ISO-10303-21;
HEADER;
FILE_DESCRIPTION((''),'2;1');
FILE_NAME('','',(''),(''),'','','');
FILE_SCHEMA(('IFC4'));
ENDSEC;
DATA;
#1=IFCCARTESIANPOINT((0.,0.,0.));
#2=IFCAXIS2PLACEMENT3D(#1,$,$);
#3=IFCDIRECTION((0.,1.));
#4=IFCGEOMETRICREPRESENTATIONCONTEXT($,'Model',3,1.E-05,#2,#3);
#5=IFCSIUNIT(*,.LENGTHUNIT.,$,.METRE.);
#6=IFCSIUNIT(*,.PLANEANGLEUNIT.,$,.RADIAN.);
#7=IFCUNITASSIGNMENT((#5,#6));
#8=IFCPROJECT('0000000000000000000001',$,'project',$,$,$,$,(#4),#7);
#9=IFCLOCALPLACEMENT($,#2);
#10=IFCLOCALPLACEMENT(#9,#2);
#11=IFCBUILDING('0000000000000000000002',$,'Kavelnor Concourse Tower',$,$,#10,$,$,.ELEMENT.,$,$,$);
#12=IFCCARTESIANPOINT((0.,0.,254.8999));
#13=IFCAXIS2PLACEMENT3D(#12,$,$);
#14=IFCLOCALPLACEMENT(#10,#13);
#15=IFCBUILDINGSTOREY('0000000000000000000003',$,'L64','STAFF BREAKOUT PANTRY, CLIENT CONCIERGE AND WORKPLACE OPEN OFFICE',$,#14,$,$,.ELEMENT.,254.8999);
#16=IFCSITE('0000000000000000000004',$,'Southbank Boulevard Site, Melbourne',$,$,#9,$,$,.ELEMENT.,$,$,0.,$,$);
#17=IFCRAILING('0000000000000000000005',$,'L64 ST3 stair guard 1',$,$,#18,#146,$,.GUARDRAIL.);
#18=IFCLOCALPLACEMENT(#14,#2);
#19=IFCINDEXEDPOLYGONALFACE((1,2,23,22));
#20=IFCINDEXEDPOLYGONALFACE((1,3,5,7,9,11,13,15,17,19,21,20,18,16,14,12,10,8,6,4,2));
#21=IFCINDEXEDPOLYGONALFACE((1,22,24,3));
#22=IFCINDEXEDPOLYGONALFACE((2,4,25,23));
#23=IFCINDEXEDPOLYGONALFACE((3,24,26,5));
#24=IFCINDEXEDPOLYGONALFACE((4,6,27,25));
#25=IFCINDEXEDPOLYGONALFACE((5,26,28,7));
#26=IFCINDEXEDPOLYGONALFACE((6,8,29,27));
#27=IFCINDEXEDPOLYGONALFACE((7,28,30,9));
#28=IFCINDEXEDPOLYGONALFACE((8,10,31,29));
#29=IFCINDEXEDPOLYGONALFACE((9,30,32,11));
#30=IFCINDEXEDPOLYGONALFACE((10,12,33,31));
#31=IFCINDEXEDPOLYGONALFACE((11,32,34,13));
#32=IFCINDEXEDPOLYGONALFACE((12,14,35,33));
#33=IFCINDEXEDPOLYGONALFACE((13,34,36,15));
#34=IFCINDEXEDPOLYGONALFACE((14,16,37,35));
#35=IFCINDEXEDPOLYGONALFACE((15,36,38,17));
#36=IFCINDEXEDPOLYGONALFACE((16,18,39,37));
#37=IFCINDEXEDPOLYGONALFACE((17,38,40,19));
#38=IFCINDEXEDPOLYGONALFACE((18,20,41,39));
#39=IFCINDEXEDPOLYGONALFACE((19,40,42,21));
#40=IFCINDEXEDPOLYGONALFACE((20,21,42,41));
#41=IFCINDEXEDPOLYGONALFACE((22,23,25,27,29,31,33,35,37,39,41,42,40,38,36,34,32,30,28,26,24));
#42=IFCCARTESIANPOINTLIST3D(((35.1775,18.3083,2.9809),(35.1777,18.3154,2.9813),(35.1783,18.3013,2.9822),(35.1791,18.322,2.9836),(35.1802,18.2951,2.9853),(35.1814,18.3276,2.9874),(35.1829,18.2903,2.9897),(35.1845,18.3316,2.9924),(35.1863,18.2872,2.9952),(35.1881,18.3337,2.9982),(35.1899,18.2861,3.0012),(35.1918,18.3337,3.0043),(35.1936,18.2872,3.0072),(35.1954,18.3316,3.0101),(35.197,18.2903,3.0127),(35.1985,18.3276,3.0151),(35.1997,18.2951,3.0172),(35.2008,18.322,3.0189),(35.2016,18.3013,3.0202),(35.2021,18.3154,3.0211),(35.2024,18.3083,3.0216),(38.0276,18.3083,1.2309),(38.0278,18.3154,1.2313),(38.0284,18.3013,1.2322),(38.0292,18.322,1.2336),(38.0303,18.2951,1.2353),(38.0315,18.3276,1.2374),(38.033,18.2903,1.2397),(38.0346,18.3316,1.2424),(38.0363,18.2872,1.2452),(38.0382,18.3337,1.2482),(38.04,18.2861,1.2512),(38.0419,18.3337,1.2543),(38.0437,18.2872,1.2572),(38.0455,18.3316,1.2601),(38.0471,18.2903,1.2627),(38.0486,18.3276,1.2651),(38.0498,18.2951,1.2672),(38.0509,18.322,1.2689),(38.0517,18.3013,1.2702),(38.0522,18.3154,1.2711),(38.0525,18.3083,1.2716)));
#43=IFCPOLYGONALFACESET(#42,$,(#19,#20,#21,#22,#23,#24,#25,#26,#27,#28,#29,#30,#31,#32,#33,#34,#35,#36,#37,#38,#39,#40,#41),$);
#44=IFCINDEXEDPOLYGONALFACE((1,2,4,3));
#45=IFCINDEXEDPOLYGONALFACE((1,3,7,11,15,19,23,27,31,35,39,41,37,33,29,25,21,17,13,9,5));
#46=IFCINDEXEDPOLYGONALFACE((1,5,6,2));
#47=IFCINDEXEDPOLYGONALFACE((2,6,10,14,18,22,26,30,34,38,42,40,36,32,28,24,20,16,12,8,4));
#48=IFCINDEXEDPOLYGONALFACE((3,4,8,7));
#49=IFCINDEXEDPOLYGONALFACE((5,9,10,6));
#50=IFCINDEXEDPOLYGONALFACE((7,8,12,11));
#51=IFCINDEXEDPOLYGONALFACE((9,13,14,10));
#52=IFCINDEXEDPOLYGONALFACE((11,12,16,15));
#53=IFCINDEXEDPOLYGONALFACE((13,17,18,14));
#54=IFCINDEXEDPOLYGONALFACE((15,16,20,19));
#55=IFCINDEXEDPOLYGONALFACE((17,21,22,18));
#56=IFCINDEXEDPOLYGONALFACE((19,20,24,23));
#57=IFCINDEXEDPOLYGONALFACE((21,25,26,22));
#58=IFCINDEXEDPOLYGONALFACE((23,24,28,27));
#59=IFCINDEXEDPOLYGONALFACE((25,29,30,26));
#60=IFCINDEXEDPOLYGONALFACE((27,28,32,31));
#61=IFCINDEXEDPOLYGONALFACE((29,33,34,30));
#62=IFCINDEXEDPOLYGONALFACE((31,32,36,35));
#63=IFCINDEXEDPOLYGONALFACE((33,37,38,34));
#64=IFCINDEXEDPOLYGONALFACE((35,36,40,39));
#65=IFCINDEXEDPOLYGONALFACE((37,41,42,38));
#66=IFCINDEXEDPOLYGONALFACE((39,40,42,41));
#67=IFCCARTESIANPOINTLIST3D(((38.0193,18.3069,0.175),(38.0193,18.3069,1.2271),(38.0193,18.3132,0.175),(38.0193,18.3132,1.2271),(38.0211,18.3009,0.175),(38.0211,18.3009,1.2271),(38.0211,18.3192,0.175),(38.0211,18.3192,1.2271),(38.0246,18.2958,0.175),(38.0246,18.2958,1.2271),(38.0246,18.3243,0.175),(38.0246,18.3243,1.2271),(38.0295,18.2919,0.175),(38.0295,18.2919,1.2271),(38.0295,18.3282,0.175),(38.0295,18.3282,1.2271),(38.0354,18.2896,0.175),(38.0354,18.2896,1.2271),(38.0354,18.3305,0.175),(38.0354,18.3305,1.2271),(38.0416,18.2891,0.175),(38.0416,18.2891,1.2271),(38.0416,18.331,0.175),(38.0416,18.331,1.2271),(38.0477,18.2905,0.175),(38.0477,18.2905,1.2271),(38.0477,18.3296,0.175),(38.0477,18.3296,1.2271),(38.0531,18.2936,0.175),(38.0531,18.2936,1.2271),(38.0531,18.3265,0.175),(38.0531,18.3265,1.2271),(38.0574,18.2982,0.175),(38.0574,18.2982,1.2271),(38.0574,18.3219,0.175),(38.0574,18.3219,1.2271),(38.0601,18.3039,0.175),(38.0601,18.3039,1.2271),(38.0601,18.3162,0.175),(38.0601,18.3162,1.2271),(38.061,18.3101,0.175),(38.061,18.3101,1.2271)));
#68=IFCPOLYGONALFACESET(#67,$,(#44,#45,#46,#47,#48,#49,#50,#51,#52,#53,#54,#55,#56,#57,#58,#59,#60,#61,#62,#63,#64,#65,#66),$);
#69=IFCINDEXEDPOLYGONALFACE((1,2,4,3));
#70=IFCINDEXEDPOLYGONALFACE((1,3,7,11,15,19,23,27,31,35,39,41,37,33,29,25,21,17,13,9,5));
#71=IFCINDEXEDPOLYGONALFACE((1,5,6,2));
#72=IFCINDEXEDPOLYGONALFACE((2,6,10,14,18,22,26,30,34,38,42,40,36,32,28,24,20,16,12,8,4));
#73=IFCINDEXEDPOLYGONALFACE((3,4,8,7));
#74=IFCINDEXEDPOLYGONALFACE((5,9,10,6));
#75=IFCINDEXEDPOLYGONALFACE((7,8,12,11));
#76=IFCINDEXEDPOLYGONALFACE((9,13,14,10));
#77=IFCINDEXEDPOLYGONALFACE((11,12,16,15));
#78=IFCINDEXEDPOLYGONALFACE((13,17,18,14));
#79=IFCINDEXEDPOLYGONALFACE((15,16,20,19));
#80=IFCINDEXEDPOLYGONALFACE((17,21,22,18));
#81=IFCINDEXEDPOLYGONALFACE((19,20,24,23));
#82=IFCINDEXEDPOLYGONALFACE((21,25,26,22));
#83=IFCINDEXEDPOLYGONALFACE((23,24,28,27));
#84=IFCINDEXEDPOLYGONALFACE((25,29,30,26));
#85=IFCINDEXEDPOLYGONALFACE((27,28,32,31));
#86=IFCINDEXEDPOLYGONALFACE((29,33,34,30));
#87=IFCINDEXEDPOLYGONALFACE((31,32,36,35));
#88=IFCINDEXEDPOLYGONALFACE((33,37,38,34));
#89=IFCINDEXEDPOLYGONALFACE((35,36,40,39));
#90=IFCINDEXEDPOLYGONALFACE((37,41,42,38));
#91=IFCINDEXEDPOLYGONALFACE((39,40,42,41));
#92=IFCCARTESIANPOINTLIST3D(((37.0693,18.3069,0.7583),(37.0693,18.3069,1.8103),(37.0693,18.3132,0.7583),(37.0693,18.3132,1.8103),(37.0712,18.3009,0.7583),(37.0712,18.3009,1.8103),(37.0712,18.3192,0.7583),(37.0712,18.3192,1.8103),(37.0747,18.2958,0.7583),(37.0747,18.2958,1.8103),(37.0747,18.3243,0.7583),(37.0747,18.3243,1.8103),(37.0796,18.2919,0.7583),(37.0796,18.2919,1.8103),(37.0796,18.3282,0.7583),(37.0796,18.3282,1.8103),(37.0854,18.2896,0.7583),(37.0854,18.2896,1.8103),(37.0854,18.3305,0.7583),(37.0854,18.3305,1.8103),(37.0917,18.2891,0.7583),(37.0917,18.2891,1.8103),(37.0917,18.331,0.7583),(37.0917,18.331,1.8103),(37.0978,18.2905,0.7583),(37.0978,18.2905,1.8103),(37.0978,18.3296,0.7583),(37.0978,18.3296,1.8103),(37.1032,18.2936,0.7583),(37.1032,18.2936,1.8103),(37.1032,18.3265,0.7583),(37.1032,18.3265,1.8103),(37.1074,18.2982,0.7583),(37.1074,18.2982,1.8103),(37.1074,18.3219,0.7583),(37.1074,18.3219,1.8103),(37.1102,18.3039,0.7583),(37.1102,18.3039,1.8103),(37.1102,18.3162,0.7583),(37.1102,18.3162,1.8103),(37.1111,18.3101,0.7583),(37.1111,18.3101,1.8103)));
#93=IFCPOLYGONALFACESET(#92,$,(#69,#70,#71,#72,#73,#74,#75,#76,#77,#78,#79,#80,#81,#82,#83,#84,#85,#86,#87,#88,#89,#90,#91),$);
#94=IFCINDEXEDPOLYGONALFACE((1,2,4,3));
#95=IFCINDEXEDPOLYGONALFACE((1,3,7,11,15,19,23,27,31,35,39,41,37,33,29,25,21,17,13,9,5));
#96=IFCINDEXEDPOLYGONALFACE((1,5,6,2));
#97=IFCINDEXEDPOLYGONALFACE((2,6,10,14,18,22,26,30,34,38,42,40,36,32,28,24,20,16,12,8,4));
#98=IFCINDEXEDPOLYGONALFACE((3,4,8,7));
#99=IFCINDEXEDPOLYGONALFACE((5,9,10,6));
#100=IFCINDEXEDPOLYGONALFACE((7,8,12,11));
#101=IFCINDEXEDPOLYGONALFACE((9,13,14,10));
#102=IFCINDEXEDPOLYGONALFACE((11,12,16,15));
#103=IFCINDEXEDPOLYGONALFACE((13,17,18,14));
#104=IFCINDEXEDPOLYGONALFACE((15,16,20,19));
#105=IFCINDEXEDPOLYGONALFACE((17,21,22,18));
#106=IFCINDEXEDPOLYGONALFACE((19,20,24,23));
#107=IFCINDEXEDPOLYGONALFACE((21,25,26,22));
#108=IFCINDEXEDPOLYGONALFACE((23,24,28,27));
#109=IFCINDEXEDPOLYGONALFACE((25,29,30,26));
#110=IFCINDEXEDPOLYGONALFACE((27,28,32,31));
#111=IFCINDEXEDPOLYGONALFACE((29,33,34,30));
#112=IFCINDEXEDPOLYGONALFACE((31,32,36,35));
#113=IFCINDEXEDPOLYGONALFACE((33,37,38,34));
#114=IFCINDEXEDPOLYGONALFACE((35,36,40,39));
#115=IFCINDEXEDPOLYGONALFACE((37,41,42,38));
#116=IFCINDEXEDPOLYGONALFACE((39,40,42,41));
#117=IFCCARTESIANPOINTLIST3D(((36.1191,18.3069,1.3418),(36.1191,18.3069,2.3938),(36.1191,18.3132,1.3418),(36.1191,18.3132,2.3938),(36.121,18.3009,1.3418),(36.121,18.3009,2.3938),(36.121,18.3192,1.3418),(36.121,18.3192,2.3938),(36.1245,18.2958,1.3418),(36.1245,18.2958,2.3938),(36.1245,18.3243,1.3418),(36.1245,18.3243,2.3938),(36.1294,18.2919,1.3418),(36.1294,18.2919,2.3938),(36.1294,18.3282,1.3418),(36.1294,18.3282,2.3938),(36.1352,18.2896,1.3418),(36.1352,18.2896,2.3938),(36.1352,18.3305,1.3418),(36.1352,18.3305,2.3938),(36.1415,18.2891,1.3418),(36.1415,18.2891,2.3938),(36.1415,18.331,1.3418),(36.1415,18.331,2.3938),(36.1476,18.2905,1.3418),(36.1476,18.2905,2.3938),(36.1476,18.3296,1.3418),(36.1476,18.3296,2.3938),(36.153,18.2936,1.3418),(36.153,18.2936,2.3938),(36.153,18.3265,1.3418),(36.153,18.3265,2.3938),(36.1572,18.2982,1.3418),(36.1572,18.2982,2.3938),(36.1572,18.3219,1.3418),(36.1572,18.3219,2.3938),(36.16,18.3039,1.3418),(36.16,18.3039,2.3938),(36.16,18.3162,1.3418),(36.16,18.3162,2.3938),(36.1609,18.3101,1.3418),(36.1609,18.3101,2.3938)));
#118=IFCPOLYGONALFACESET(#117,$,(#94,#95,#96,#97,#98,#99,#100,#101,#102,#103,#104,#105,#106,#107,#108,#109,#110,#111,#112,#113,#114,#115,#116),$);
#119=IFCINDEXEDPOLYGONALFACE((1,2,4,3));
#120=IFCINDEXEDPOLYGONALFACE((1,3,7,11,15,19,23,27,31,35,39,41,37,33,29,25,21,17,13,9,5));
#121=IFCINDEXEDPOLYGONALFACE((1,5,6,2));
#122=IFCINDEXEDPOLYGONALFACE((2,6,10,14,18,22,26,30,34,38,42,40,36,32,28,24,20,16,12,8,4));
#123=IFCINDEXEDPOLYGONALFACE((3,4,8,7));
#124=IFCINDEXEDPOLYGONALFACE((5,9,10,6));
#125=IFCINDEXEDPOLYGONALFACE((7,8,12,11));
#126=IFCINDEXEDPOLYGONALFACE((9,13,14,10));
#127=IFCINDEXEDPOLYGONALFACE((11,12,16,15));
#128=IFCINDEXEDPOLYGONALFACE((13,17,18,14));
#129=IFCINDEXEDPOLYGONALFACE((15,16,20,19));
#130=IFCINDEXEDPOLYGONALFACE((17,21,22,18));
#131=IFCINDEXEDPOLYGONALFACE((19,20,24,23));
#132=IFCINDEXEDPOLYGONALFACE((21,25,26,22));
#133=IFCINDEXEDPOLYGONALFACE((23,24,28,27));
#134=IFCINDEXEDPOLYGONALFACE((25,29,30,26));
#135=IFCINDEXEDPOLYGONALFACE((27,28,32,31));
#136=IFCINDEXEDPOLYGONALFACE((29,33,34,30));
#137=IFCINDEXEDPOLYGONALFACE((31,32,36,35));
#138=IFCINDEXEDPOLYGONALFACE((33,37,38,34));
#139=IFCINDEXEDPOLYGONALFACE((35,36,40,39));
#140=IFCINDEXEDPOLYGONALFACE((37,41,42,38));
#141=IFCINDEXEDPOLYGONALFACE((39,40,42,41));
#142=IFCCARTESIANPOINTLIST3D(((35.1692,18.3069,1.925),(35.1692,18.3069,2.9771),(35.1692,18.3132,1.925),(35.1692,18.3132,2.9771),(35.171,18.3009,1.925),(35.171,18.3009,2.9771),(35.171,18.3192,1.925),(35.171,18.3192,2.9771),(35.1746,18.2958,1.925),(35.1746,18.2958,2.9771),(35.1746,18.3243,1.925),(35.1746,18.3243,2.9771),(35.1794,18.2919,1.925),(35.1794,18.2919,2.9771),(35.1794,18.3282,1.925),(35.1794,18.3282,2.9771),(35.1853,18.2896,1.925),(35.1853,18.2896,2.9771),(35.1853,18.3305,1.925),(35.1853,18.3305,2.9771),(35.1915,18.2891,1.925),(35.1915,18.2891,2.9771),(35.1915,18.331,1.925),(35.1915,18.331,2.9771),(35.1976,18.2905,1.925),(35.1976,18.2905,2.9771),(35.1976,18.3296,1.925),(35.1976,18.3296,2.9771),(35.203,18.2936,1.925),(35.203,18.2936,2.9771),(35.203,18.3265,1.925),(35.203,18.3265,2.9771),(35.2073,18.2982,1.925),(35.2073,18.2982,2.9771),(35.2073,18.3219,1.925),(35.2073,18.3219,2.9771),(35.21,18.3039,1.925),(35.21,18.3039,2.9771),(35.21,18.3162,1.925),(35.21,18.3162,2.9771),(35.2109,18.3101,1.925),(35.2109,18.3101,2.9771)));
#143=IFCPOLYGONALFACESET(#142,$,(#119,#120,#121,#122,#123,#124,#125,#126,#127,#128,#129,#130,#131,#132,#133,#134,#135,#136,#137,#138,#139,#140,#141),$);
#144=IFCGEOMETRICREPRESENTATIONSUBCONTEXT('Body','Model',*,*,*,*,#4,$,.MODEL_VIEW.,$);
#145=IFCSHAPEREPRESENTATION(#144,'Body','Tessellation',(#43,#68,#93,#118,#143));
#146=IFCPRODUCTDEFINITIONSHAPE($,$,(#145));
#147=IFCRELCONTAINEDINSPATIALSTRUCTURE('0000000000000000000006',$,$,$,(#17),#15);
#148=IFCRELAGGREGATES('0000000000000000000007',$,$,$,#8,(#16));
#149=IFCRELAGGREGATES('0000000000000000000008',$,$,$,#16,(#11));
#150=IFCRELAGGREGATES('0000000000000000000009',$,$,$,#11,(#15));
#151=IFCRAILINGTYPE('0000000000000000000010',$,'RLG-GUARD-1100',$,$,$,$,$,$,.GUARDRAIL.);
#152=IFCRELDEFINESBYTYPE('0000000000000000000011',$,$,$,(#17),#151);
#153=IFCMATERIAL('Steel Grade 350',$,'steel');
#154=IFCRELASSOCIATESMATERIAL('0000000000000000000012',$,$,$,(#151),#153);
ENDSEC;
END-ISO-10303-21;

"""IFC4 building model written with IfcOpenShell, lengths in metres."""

from ifc_helpers import new_model, si_unit, direction, frame, origin, origin_2d, place, context, subcontext, project, spatial, circle, extrude, material, type_object, element, save


model = new_model("IFC4")

# Units and contexts
model_context = context("Model", 3, precision=1e-05, world=origin(), true_north=direction((0.0, 1.0)))
body_context = subcontext(model_context, "Body", "Model", "MODEL_VIEW")
ifc_project = project(units=[si_unit("LENGTHUNIT", "METRE"), si_unit("PLANEANGLEUNIT", "RADIAN")], contexts=[model_context])

# Site, building, storey
site_placement = place(None, origin())
site = spatial("IfcSite", under=ifc_project, at=site_placement, Name="Southbank Boulevard Site, Melbourne", CompositionType="ELEMENT", RefElevation=0.0)
building_placement = place(site_placement, origin())
building = spatial("IfcBuilding", under=site, at=building_placement, Name="Kavelnor Concourse Tower", CompositionType="ELEMENT")
storey_placement = place(building_placement, frame((0.0, 0.0, 254.8999)))
storey = spatial("IfcBuildingStorey", under=building, at=storey_placement, Name="L64", Description="STAFF BREAKOUT PANTRY, CLIENT CONCIERGE AND WORKPLACE OPEN OFFICE", CompositionType="ELEMENT", Elevation=254.8999)

# Shared definitions
ifc_material_1 = material(Name="Steel Grade 350", Category="steel")

# Railing
railing_type_1 = type_object("IfcRailingType", Name="RLG-GUARD-1100", PredefinedType="GUARDRAIL", material=ifc_material_1)
railing_1_placement = place(storey_placement, frame((38.04, 18.3101, 0.175)))
element("IfcRailing", 1, at=railing_1_placement, inside=storey, type_object=railing_type_1, Name="L64 ST3 stair guard 1", PredefinedType="GUARDRAIL", context=body_context, shape_type="SweptSolid", body=[
    extrude(circle(Radius=0.0239, at=origin_2d()), frame((0.0, 0.0, 1.0762), z_axis=(-0.852179, 0.0, 0.52325), x_axis=(0.0, -1.0, 0.0)), (0.0, 0.0, 1.0), 3.3445),
    extrude(circle(Radius=0.021, at=origin_2d()), origin(), (0.0, 0.0, 1.0), 1.052),
    extrude(circle(Radius=0.021, at=origin_2d()), frame((-0.95, 0.0, 0.5833)), (0.0, 0.0, 1.0), 1.052),
    extrude(circle(Radius=0.021, at=origin_2d()), frame((-1.9001, 0.0, 1.1667)), (0.0, 0.0, 1.0), 1.052),
    extrude(circle(Radius=0.021, at=origin_2d()), frame((-2.8501, 0.0, 1.75)), (0.0, 0.0, 1.0), 1.052),
])

save(model, "model.ifc")
